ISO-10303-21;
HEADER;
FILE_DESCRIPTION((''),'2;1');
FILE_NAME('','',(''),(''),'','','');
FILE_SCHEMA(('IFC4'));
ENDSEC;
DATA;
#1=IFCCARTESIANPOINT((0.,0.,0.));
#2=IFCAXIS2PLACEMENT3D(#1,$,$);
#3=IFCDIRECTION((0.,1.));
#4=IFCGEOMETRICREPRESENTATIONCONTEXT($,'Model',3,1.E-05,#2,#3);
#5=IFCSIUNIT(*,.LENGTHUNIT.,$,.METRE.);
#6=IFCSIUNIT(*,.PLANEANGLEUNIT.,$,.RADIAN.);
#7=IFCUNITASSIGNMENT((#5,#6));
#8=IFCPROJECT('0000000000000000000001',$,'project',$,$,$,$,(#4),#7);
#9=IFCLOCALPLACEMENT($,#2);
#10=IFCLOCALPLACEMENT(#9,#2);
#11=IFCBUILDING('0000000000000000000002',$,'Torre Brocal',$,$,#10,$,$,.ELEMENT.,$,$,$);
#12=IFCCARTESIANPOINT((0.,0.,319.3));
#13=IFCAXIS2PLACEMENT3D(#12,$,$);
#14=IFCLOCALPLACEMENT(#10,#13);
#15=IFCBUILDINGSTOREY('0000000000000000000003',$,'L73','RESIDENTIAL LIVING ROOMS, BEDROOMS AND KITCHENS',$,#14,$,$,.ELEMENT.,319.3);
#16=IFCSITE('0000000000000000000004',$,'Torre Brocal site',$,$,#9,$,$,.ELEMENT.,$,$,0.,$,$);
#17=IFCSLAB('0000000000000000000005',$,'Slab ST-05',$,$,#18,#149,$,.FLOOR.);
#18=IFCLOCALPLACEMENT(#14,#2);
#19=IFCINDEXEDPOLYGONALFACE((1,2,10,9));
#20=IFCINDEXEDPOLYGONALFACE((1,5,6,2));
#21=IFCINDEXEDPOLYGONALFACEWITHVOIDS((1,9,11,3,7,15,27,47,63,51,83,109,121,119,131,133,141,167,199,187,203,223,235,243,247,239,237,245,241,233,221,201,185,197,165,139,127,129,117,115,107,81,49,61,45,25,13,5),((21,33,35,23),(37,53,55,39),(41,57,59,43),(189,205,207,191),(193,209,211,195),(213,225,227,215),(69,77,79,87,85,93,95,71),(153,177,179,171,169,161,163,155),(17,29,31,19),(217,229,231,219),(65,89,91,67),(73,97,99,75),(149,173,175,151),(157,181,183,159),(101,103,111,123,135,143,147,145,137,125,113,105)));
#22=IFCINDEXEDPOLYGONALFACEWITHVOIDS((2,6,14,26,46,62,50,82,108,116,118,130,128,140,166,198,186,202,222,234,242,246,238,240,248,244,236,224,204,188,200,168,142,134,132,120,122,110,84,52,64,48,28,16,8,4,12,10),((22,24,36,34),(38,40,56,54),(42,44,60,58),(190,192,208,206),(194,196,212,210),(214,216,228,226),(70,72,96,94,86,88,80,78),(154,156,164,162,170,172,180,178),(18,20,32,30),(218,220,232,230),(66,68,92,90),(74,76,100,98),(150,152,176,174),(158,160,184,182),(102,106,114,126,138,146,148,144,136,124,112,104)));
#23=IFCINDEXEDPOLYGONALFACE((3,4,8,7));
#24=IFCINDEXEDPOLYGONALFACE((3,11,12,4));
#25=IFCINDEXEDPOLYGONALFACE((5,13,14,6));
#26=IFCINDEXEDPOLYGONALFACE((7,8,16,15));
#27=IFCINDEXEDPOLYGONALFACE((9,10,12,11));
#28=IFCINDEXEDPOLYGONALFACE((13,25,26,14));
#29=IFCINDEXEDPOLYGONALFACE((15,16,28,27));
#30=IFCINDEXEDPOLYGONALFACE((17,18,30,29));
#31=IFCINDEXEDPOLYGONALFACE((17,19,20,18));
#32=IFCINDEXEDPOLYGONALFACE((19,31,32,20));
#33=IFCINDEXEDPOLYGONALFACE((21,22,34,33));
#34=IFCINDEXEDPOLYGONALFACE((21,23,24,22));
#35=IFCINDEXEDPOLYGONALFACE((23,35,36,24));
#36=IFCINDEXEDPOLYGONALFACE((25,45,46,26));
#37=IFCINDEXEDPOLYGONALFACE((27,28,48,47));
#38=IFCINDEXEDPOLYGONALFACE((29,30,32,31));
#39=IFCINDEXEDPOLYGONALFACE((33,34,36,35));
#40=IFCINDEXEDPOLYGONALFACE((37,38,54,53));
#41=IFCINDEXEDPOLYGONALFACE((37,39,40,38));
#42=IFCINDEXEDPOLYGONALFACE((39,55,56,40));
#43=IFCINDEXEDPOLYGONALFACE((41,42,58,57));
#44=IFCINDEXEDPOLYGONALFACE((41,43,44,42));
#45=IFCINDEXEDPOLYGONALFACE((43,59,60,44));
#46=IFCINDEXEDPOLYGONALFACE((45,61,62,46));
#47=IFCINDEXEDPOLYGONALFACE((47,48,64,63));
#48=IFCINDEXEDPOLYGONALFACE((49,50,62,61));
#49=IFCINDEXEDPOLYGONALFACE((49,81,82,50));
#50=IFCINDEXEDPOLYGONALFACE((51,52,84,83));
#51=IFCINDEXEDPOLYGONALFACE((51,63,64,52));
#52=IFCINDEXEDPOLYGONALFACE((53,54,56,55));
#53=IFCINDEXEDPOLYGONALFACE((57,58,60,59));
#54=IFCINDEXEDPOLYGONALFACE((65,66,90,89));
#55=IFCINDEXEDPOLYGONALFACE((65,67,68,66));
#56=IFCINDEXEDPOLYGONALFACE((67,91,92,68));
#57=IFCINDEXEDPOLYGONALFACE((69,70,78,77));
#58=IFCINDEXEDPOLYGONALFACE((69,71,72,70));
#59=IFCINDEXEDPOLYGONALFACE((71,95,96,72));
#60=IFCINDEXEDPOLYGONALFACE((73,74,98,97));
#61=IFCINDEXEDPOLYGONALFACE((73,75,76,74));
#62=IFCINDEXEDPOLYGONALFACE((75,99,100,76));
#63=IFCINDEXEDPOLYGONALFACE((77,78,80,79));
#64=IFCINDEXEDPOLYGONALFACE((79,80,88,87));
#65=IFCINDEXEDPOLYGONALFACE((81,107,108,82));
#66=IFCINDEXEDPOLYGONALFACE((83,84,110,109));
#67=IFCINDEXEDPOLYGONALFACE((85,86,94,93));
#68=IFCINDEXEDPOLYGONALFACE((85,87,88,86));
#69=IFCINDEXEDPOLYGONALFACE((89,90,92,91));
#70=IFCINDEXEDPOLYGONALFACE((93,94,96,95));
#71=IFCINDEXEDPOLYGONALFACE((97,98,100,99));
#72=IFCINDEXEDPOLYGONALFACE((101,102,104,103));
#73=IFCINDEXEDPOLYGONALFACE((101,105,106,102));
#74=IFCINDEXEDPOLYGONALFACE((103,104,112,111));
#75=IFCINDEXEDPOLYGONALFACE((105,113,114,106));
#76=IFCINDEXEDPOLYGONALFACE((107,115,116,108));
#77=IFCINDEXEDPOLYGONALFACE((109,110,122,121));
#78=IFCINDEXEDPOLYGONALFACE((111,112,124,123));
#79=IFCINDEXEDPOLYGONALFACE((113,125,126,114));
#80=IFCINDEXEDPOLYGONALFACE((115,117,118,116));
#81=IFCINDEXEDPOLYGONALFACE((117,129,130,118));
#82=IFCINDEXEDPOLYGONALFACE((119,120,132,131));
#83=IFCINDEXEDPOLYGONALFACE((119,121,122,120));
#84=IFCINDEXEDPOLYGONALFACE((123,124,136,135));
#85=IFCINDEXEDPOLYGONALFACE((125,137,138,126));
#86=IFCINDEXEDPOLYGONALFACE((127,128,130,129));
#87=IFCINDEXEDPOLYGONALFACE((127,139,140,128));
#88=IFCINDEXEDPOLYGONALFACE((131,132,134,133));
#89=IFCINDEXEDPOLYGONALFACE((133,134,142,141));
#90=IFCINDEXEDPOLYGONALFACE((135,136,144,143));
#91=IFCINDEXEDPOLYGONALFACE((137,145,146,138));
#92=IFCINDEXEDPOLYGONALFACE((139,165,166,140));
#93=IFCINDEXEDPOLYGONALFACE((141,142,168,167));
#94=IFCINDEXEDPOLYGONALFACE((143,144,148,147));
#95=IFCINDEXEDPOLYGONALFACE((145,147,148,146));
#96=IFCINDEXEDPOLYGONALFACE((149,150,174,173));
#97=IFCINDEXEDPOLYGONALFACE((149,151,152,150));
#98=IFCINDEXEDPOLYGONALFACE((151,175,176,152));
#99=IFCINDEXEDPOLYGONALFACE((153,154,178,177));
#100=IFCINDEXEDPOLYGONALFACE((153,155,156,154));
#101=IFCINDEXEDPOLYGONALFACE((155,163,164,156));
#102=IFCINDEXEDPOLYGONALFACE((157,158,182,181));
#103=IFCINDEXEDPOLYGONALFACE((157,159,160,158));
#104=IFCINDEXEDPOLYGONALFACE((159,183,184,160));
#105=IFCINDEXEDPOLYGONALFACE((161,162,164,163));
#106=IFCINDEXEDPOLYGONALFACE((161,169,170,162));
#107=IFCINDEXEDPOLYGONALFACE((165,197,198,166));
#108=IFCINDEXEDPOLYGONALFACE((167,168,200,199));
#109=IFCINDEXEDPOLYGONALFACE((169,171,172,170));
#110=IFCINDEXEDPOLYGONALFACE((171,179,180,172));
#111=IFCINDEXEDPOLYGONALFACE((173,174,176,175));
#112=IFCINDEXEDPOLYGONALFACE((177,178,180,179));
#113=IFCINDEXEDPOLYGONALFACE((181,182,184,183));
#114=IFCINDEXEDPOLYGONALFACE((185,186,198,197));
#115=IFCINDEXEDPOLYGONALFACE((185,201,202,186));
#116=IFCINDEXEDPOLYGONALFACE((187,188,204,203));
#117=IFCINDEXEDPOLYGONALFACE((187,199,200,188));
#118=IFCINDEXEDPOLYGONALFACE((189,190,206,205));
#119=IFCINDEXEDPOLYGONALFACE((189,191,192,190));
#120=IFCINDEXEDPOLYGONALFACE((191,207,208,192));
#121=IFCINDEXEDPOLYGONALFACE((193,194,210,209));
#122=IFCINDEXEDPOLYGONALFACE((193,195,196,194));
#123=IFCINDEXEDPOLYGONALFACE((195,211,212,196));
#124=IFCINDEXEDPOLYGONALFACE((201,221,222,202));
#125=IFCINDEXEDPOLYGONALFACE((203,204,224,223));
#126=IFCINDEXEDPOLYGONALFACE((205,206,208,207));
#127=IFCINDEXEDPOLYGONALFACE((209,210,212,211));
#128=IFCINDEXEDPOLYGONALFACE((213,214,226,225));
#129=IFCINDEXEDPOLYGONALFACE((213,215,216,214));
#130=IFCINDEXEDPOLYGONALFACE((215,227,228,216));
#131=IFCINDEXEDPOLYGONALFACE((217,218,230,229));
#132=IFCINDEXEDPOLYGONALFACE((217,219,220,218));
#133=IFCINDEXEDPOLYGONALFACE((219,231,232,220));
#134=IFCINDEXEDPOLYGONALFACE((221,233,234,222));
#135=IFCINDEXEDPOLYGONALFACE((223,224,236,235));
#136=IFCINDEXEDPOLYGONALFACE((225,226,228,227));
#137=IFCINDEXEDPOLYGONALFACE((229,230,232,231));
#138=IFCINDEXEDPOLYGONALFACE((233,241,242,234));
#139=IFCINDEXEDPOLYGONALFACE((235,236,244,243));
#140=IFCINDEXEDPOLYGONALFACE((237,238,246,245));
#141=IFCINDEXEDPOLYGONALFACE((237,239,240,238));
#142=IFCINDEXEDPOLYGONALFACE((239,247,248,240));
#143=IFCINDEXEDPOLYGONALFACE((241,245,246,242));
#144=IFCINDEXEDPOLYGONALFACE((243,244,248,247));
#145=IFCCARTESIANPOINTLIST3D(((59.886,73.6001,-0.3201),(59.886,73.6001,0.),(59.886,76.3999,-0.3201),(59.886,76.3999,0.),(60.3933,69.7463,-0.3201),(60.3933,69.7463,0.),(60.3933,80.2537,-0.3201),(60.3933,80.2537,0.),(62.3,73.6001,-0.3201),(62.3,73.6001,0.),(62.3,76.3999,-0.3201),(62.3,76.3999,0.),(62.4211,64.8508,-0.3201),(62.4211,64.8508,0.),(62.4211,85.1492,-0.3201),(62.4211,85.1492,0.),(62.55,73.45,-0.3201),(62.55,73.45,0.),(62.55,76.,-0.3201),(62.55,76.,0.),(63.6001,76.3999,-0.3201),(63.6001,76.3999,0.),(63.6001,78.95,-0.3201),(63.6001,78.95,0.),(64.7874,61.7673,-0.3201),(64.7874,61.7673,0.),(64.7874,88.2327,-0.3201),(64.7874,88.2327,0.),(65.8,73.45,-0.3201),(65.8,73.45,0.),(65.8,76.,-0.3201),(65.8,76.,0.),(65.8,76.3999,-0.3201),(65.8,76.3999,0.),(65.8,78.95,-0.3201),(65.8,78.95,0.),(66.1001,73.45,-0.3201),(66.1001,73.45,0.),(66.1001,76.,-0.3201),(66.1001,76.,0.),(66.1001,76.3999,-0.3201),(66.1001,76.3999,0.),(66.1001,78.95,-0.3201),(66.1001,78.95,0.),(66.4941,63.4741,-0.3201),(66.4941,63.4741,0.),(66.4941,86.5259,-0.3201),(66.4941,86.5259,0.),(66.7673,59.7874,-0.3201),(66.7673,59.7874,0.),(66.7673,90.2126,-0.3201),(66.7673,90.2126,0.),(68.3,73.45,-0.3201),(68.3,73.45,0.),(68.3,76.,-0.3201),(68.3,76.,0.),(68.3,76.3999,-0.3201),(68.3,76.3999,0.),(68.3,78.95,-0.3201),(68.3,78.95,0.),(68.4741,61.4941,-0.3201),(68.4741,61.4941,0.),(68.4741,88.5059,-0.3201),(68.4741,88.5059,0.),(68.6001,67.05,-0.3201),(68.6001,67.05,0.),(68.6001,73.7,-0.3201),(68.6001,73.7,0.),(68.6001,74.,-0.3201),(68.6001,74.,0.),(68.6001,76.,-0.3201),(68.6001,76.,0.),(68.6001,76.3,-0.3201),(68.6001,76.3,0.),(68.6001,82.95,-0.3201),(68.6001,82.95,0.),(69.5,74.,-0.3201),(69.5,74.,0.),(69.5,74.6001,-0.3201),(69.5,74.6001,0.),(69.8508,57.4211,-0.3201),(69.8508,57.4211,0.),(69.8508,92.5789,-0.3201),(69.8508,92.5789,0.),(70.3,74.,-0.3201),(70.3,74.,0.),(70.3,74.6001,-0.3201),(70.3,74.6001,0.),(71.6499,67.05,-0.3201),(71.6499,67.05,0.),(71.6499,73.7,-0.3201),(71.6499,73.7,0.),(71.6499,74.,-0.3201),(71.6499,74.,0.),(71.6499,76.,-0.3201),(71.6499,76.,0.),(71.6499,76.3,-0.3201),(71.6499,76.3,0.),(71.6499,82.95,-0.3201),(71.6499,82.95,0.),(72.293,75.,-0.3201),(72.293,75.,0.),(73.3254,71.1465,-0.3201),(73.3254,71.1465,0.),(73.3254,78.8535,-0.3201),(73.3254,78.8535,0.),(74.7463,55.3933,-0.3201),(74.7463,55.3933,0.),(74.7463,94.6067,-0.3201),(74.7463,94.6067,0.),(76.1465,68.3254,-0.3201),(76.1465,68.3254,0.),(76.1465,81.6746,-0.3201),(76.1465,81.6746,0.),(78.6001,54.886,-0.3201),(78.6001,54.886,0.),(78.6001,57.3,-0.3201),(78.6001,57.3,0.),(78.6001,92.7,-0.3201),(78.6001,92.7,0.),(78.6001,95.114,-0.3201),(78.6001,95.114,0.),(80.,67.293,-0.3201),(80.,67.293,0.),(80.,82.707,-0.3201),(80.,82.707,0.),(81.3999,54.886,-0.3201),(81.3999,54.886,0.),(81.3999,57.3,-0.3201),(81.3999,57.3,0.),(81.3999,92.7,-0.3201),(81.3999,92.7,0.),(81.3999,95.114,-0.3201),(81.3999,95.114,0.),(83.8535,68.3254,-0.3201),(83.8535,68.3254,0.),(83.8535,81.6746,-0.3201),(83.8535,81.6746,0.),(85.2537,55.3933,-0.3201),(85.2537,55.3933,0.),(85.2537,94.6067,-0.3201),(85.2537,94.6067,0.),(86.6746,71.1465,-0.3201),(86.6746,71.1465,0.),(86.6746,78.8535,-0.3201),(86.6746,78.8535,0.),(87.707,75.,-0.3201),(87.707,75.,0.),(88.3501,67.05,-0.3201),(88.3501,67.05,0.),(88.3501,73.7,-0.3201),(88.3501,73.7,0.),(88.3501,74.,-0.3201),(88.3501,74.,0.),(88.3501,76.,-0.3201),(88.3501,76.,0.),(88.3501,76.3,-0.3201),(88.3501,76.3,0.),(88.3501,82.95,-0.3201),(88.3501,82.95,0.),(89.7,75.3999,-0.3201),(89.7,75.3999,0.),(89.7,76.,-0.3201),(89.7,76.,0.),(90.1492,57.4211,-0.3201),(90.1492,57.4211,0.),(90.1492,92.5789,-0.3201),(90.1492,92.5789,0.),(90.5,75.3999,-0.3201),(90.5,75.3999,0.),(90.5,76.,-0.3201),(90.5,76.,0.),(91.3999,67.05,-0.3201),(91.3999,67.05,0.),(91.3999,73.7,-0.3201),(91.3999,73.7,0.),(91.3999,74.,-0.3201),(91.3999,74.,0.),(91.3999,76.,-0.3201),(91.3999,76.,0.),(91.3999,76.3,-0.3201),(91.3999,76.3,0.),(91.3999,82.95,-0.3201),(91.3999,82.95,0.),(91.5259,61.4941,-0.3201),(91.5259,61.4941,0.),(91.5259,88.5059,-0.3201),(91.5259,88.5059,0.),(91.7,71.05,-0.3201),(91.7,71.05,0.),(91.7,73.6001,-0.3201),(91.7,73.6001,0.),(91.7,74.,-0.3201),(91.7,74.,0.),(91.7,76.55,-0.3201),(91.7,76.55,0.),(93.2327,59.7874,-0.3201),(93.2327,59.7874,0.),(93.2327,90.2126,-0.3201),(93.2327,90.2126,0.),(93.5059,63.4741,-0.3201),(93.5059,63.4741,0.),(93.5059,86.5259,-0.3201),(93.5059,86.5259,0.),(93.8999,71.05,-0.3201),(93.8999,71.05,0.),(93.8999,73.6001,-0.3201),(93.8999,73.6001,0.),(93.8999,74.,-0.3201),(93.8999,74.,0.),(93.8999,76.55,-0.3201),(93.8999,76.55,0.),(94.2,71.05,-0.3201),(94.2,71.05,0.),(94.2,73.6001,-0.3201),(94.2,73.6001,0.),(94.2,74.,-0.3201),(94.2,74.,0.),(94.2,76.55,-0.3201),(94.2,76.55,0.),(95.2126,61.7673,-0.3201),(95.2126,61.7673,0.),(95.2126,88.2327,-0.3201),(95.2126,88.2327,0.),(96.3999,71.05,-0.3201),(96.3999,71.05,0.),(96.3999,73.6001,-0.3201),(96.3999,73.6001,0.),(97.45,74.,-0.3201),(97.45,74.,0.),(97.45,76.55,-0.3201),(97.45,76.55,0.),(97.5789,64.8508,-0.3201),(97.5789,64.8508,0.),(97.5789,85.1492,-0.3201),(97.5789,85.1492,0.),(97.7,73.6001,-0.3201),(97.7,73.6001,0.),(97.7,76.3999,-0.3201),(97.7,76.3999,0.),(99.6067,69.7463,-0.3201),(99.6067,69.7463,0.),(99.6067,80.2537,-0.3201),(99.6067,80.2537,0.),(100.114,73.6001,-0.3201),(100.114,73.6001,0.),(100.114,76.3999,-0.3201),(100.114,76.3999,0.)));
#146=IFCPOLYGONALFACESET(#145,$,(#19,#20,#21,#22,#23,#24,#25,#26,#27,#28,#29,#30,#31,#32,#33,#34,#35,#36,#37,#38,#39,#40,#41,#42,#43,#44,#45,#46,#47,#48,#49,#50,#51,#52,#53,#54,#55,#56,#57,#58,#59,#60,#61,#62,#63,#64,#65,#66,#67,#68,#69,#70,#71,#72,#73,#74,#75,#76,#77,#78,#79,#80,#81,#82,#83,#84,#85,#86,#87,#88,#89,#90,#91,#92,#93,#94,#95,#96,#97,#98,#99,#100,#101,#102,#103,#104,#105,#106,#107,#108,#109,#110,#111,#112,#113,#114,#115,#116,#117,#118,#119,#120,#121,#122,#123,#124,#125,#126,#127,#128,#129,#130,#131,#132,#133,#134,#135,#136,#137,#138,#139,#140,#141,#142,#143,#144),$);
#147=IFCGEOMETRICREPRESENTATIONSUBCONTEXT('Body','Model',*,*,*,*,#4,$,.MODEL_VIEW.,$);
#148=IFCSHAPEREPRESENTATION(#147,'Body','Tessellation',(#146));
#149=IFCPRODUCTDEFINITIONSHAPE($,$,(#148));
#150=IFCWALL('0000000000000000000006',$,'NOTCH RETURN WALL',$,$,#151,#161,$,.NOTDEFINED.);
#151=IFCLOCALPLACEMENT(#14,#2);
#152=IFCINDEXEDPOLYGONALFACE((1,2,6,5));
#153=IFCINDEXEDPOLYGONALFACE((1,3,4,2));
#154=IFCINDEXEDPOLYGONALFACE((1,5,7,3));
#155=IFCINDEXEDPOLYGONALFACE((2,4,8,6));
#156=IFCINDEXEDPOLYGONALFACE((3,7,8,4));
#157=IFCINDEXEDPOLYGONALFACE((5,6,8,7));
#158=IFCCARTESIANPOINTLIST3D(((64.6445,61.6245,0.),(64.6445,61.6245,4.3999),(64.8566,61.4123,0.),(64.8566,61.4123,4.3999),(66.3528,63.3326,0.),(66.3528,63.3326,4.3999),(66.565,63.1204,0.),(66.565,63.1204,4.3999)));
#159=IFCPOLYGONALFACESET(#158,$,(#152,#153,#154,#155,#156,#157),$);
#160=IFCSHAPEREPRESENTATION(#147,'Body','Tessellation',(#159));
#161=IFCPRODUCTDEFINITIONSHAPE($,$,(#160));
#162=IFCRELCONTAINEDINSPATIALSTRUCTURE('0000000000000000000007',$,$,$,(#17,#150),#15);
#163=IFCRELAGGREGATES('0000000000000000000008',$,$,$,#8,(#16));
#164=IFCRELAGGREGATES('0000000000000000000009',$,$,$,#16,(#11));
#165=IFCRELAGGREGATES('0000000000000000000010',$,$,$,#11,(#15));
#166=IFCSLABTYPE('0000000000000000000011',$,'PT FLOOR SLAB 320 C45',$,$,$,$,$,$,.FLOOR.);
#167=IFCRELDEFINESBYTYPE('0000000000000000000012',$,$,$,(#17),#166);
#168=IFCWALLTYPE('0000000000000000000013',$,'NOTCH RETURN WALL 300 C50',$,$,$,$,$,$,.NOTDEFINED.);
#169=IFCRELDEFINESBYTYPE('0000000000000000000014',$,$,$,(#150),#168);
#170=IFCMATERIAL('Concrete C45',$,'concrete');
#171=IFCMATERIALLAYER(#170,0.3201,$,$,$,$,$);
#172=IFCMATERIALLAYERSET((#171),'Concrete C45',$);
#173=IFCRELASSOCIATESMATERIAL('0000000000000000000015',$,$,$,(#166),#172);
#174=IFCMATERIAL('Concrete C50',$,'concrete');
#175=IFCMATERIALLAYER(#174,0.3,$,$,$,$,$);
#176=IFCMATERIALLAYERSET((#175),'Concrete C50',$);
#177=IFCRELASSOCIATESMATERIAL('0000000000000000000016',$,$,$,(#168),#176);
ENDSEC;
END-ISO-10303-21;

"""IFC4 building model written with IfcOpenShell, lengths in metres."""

from ifc_helpers import new_model, si_unit, direction, frame, frame_2d, origin, place, context, subcontext, project, spatial, polyline, rectangle, outline, extrude, material, layer, layer_set, type_object, element, save


model = new_model("IFC4")

# Units and contexts
model_context = context("Model", 3, precision=1e-05, world=origin(), true_north=direction((0.0, 1.0)))
body_context = subcontext(model_context, "Body", "Model", "MODEL_VIEW")
ifc_project = project(units=[si_unit("LENGTHUNIT", "METRE"), si_unit("PLANEANGLEUNIT", "RADIAN")], contexts=[model_context])

# Site, building, storey
site_placement = place(None, origin())
site = spatial("IfcSite", under=ifc_project, at=site_placement, Name="Torre Brocal site", CompositionType="ELEMENT", RefElevation=0.0)
building_placement = place(site_placement, origin())
building = spatial("IfcBuilding", under=site, at=building_placement, Name="Torre Brocal", CompositionType="ELEMENT")
storey_placement = place(building_placement, frame((0.0, 0.0, 319.3)))
storey = spatial("IfcBuildingStorey", under=building, at=storey_placement, Name="L73", Description="RESIDENTIAL LIVING ROOMS, BEDROOMS AND KITCHENS", CompositionType="ELEMENT", Elevation=319.3)

# Slab
ifc_material_1 = material(Name="Concrete C45", Category="concrete")
ifc_layer_1 = layer(ifc_material_1, 0.3201)
ifc_layer_set_1 = layer_set([ifc_layer_1], Name="Concrete C45")
slab_type_1 = type_object("IfcSlabType", Name="PT FLOOR SLAB 320 C45", PredefinedType="FLOOR", material=ifc_layer_set_1)
slab_1_placement = place(storey_placement, frame((0.0, 0.0, -0.3201)))
element("IfcSlab", 1, at=slab_1_placement, inside=storey, type_object=slab_type_1, Name="Slab ST-05", PredefinedType="FLOOR", context=body_context, shape_type="SweptSolid", body=[
    extrude(outline(polyline([(97.7, 76.3999), (97.7, 73.6001), (100.114, 73.6001), (99.6067, 69.7463), (97.5789, 64.8508), (95.2126, 61.7673), (93.5059, 63.4741), (91.5259, 61.4941), (93.2327, 59.7874), (90.1492, 57.4211), (85.2537, 55.3933), (81.3999, 54.886), (81.3999, 57.3), (78.6001, 57.3), (78.6001, 54.886), (74.7463, 55.3933), (69.8508, 57.4211), (66.7673, 59.7874), (68.4741, 61.4941), (66.4941, 63.4741), (64.7874, 61.7673), (62.4211, 64.8508), (60.3933, 69.7463), (59.886, 73.6001), (62.3, 73.6001), (62.3, 76.3999), (59.886, 76.3999), (60.3933, 80.2537), (62.4211, 85.1492), (64.7874, 88.2327), (66.4941, 86.5259), (68.4741, 88.5059), (66.7673, 90.2126), (69.8508, 92.5789), (74.7463, 94.6067), (78.6001, 95.114), (78.6001, 92.7), (81.3999, 92.7), (81.3999, 95.114), (85.2537, 94.6067), (90.1492, 92.5789), (93.2327, 90.2126), (91.5259, 88.5059), (93.5059, 86.5259), (95.2126, 88.2327), (97.5789, 85.1492), (99.6067, 80.2537), (100.114, 76.3999), (97.7, 76.3999)]), holes=[polyline([(97.45, 76.55), (94.2, 76.55), (94.2, 74.0), (97.45, 74.0), (97.45, 76.55)]), polyline([(96.3999, 73.6001), (94.2, 73.6001), (94.2, 71.05), (96.3999, 71.05), (96.3999, 73.6001)]), polyline([(93.8999, 73.6001), (91.7, 73.6001), (91.7, 71.05), (93.8999, 71.05), (93.8999, 73.6001)]), polyline([(93.8999, 76.55), (91.7, 76.55), (91.7, 74.0), (93.8999, 74.0), (93.8999, 76.55)]), polyline([(89.7, 76.0), (88.3501, 76.0), (88.3501, 74.0), (91.3999, 74.0), (91.3999, 76.0), (90.5, 76.0), (90.5, 75.3999), (89.7, 75.3999), (89.7, 76.0)]), polyline([(88.3501, 73.7), (88.3501, 67.05), (91.3999, 67.05), (91.3999, 73.7), (88.3501, 73.7)]), polyline([(91.3999, 82.95), (88.3501, 82.95), (88.3501, 76.3), (91.3999, 76.3), (91.3999, 82.95)]), polyline([(80.0, 82.707), (76.1465, 81.6746), (73.3254, 78.8535), (72.293, 75.0), (73.3254, 71.1465), (76.1465, 68.3254), (80.0, 67.293), (83.8535, 68.3254), (86.6746, 71.1465), (87.707, 75.0), (86.6746, 78.8535), (83.8535, 81.6746), (80.0, 82.707)]), polyline([(71.6499, 67.05), (71.6499, 73.7), (68.6001, 73.7), (68.6001, 67.05), (71.6499, 67.05)]), polyline([(68.6001, 76.3), (71.6499, 76.3), (71.6499, 82.95), (68.6001, 82.95), (68.6001, 76.3)]), polyline([(70.3, 74.0), (71.6499, 74.0), (71.6499, 76.0), (68.6001, 76.0), (68.6001, 74.0), (69.5, 74.0), (69.5, 74.6001), (70.3, 74.6001), (70.3, 74.0)]), polyline([(66.1001, 73.45), (68.3, 73.45), (68.3, 76.0), (66.1001, 76.0), (66.1001, 73.45)]), polyline([(66.1001, 76.3999), (68.3, 76.3999), (68.3, 78.95), (66.1001, 78.95), (66.1001, 76.3999)]), polyline([(62.55, 73.45), (65.8, 73.45), (65.8, 76.0), (62.55, 76.0), (62.55, 73.45)]), polyline([(63.6001, 76.3999), (65.8, 76.3999), (65.8, 78.95), (63.6001, 78.95), (63.6001, 76.3999)])]), origin(), (0.0, 0.0, 1.0), 0.3201),
])

# Wall
ifc_material_2 = material(Name="Concrete C50", Category="concrete")
ifc_layer_2 = layer(ifc_material_2, 0.3)
ifc_layer_set_2 = layer_set([ifc_layer_2], Name="Concrete C50")
wall_type_1 = type_object("IfcWallType", Name="NOTCH RETURN WALL 300 C50", PredefinedType="NOTDEFINED", material=ifc_layer_set_2)
wall_1_placement = place(storey_placement, frame((66.459, 63.2266, 0.0), z_axis=(0.0, 0.0, 1.0), x_axis=(-0.707157, -0.707056, 0.0)))
element("IfcWall", 2, at=wall_1_placement, inside=storey, type_object=wall_type_1, Name="NOTCH RETURN WALL", PredefinedType="NOTDEFINED", context=body_context, shape_type="SweptSolid", body=[
    extrude(rectangle(XDim=2.4158, YDim=0.3, at=frame_2d((1.208, 0.0))), origin(), (0.0, 0.0, 1.0), 4.3999),
])

save(model, "model.ifc")
